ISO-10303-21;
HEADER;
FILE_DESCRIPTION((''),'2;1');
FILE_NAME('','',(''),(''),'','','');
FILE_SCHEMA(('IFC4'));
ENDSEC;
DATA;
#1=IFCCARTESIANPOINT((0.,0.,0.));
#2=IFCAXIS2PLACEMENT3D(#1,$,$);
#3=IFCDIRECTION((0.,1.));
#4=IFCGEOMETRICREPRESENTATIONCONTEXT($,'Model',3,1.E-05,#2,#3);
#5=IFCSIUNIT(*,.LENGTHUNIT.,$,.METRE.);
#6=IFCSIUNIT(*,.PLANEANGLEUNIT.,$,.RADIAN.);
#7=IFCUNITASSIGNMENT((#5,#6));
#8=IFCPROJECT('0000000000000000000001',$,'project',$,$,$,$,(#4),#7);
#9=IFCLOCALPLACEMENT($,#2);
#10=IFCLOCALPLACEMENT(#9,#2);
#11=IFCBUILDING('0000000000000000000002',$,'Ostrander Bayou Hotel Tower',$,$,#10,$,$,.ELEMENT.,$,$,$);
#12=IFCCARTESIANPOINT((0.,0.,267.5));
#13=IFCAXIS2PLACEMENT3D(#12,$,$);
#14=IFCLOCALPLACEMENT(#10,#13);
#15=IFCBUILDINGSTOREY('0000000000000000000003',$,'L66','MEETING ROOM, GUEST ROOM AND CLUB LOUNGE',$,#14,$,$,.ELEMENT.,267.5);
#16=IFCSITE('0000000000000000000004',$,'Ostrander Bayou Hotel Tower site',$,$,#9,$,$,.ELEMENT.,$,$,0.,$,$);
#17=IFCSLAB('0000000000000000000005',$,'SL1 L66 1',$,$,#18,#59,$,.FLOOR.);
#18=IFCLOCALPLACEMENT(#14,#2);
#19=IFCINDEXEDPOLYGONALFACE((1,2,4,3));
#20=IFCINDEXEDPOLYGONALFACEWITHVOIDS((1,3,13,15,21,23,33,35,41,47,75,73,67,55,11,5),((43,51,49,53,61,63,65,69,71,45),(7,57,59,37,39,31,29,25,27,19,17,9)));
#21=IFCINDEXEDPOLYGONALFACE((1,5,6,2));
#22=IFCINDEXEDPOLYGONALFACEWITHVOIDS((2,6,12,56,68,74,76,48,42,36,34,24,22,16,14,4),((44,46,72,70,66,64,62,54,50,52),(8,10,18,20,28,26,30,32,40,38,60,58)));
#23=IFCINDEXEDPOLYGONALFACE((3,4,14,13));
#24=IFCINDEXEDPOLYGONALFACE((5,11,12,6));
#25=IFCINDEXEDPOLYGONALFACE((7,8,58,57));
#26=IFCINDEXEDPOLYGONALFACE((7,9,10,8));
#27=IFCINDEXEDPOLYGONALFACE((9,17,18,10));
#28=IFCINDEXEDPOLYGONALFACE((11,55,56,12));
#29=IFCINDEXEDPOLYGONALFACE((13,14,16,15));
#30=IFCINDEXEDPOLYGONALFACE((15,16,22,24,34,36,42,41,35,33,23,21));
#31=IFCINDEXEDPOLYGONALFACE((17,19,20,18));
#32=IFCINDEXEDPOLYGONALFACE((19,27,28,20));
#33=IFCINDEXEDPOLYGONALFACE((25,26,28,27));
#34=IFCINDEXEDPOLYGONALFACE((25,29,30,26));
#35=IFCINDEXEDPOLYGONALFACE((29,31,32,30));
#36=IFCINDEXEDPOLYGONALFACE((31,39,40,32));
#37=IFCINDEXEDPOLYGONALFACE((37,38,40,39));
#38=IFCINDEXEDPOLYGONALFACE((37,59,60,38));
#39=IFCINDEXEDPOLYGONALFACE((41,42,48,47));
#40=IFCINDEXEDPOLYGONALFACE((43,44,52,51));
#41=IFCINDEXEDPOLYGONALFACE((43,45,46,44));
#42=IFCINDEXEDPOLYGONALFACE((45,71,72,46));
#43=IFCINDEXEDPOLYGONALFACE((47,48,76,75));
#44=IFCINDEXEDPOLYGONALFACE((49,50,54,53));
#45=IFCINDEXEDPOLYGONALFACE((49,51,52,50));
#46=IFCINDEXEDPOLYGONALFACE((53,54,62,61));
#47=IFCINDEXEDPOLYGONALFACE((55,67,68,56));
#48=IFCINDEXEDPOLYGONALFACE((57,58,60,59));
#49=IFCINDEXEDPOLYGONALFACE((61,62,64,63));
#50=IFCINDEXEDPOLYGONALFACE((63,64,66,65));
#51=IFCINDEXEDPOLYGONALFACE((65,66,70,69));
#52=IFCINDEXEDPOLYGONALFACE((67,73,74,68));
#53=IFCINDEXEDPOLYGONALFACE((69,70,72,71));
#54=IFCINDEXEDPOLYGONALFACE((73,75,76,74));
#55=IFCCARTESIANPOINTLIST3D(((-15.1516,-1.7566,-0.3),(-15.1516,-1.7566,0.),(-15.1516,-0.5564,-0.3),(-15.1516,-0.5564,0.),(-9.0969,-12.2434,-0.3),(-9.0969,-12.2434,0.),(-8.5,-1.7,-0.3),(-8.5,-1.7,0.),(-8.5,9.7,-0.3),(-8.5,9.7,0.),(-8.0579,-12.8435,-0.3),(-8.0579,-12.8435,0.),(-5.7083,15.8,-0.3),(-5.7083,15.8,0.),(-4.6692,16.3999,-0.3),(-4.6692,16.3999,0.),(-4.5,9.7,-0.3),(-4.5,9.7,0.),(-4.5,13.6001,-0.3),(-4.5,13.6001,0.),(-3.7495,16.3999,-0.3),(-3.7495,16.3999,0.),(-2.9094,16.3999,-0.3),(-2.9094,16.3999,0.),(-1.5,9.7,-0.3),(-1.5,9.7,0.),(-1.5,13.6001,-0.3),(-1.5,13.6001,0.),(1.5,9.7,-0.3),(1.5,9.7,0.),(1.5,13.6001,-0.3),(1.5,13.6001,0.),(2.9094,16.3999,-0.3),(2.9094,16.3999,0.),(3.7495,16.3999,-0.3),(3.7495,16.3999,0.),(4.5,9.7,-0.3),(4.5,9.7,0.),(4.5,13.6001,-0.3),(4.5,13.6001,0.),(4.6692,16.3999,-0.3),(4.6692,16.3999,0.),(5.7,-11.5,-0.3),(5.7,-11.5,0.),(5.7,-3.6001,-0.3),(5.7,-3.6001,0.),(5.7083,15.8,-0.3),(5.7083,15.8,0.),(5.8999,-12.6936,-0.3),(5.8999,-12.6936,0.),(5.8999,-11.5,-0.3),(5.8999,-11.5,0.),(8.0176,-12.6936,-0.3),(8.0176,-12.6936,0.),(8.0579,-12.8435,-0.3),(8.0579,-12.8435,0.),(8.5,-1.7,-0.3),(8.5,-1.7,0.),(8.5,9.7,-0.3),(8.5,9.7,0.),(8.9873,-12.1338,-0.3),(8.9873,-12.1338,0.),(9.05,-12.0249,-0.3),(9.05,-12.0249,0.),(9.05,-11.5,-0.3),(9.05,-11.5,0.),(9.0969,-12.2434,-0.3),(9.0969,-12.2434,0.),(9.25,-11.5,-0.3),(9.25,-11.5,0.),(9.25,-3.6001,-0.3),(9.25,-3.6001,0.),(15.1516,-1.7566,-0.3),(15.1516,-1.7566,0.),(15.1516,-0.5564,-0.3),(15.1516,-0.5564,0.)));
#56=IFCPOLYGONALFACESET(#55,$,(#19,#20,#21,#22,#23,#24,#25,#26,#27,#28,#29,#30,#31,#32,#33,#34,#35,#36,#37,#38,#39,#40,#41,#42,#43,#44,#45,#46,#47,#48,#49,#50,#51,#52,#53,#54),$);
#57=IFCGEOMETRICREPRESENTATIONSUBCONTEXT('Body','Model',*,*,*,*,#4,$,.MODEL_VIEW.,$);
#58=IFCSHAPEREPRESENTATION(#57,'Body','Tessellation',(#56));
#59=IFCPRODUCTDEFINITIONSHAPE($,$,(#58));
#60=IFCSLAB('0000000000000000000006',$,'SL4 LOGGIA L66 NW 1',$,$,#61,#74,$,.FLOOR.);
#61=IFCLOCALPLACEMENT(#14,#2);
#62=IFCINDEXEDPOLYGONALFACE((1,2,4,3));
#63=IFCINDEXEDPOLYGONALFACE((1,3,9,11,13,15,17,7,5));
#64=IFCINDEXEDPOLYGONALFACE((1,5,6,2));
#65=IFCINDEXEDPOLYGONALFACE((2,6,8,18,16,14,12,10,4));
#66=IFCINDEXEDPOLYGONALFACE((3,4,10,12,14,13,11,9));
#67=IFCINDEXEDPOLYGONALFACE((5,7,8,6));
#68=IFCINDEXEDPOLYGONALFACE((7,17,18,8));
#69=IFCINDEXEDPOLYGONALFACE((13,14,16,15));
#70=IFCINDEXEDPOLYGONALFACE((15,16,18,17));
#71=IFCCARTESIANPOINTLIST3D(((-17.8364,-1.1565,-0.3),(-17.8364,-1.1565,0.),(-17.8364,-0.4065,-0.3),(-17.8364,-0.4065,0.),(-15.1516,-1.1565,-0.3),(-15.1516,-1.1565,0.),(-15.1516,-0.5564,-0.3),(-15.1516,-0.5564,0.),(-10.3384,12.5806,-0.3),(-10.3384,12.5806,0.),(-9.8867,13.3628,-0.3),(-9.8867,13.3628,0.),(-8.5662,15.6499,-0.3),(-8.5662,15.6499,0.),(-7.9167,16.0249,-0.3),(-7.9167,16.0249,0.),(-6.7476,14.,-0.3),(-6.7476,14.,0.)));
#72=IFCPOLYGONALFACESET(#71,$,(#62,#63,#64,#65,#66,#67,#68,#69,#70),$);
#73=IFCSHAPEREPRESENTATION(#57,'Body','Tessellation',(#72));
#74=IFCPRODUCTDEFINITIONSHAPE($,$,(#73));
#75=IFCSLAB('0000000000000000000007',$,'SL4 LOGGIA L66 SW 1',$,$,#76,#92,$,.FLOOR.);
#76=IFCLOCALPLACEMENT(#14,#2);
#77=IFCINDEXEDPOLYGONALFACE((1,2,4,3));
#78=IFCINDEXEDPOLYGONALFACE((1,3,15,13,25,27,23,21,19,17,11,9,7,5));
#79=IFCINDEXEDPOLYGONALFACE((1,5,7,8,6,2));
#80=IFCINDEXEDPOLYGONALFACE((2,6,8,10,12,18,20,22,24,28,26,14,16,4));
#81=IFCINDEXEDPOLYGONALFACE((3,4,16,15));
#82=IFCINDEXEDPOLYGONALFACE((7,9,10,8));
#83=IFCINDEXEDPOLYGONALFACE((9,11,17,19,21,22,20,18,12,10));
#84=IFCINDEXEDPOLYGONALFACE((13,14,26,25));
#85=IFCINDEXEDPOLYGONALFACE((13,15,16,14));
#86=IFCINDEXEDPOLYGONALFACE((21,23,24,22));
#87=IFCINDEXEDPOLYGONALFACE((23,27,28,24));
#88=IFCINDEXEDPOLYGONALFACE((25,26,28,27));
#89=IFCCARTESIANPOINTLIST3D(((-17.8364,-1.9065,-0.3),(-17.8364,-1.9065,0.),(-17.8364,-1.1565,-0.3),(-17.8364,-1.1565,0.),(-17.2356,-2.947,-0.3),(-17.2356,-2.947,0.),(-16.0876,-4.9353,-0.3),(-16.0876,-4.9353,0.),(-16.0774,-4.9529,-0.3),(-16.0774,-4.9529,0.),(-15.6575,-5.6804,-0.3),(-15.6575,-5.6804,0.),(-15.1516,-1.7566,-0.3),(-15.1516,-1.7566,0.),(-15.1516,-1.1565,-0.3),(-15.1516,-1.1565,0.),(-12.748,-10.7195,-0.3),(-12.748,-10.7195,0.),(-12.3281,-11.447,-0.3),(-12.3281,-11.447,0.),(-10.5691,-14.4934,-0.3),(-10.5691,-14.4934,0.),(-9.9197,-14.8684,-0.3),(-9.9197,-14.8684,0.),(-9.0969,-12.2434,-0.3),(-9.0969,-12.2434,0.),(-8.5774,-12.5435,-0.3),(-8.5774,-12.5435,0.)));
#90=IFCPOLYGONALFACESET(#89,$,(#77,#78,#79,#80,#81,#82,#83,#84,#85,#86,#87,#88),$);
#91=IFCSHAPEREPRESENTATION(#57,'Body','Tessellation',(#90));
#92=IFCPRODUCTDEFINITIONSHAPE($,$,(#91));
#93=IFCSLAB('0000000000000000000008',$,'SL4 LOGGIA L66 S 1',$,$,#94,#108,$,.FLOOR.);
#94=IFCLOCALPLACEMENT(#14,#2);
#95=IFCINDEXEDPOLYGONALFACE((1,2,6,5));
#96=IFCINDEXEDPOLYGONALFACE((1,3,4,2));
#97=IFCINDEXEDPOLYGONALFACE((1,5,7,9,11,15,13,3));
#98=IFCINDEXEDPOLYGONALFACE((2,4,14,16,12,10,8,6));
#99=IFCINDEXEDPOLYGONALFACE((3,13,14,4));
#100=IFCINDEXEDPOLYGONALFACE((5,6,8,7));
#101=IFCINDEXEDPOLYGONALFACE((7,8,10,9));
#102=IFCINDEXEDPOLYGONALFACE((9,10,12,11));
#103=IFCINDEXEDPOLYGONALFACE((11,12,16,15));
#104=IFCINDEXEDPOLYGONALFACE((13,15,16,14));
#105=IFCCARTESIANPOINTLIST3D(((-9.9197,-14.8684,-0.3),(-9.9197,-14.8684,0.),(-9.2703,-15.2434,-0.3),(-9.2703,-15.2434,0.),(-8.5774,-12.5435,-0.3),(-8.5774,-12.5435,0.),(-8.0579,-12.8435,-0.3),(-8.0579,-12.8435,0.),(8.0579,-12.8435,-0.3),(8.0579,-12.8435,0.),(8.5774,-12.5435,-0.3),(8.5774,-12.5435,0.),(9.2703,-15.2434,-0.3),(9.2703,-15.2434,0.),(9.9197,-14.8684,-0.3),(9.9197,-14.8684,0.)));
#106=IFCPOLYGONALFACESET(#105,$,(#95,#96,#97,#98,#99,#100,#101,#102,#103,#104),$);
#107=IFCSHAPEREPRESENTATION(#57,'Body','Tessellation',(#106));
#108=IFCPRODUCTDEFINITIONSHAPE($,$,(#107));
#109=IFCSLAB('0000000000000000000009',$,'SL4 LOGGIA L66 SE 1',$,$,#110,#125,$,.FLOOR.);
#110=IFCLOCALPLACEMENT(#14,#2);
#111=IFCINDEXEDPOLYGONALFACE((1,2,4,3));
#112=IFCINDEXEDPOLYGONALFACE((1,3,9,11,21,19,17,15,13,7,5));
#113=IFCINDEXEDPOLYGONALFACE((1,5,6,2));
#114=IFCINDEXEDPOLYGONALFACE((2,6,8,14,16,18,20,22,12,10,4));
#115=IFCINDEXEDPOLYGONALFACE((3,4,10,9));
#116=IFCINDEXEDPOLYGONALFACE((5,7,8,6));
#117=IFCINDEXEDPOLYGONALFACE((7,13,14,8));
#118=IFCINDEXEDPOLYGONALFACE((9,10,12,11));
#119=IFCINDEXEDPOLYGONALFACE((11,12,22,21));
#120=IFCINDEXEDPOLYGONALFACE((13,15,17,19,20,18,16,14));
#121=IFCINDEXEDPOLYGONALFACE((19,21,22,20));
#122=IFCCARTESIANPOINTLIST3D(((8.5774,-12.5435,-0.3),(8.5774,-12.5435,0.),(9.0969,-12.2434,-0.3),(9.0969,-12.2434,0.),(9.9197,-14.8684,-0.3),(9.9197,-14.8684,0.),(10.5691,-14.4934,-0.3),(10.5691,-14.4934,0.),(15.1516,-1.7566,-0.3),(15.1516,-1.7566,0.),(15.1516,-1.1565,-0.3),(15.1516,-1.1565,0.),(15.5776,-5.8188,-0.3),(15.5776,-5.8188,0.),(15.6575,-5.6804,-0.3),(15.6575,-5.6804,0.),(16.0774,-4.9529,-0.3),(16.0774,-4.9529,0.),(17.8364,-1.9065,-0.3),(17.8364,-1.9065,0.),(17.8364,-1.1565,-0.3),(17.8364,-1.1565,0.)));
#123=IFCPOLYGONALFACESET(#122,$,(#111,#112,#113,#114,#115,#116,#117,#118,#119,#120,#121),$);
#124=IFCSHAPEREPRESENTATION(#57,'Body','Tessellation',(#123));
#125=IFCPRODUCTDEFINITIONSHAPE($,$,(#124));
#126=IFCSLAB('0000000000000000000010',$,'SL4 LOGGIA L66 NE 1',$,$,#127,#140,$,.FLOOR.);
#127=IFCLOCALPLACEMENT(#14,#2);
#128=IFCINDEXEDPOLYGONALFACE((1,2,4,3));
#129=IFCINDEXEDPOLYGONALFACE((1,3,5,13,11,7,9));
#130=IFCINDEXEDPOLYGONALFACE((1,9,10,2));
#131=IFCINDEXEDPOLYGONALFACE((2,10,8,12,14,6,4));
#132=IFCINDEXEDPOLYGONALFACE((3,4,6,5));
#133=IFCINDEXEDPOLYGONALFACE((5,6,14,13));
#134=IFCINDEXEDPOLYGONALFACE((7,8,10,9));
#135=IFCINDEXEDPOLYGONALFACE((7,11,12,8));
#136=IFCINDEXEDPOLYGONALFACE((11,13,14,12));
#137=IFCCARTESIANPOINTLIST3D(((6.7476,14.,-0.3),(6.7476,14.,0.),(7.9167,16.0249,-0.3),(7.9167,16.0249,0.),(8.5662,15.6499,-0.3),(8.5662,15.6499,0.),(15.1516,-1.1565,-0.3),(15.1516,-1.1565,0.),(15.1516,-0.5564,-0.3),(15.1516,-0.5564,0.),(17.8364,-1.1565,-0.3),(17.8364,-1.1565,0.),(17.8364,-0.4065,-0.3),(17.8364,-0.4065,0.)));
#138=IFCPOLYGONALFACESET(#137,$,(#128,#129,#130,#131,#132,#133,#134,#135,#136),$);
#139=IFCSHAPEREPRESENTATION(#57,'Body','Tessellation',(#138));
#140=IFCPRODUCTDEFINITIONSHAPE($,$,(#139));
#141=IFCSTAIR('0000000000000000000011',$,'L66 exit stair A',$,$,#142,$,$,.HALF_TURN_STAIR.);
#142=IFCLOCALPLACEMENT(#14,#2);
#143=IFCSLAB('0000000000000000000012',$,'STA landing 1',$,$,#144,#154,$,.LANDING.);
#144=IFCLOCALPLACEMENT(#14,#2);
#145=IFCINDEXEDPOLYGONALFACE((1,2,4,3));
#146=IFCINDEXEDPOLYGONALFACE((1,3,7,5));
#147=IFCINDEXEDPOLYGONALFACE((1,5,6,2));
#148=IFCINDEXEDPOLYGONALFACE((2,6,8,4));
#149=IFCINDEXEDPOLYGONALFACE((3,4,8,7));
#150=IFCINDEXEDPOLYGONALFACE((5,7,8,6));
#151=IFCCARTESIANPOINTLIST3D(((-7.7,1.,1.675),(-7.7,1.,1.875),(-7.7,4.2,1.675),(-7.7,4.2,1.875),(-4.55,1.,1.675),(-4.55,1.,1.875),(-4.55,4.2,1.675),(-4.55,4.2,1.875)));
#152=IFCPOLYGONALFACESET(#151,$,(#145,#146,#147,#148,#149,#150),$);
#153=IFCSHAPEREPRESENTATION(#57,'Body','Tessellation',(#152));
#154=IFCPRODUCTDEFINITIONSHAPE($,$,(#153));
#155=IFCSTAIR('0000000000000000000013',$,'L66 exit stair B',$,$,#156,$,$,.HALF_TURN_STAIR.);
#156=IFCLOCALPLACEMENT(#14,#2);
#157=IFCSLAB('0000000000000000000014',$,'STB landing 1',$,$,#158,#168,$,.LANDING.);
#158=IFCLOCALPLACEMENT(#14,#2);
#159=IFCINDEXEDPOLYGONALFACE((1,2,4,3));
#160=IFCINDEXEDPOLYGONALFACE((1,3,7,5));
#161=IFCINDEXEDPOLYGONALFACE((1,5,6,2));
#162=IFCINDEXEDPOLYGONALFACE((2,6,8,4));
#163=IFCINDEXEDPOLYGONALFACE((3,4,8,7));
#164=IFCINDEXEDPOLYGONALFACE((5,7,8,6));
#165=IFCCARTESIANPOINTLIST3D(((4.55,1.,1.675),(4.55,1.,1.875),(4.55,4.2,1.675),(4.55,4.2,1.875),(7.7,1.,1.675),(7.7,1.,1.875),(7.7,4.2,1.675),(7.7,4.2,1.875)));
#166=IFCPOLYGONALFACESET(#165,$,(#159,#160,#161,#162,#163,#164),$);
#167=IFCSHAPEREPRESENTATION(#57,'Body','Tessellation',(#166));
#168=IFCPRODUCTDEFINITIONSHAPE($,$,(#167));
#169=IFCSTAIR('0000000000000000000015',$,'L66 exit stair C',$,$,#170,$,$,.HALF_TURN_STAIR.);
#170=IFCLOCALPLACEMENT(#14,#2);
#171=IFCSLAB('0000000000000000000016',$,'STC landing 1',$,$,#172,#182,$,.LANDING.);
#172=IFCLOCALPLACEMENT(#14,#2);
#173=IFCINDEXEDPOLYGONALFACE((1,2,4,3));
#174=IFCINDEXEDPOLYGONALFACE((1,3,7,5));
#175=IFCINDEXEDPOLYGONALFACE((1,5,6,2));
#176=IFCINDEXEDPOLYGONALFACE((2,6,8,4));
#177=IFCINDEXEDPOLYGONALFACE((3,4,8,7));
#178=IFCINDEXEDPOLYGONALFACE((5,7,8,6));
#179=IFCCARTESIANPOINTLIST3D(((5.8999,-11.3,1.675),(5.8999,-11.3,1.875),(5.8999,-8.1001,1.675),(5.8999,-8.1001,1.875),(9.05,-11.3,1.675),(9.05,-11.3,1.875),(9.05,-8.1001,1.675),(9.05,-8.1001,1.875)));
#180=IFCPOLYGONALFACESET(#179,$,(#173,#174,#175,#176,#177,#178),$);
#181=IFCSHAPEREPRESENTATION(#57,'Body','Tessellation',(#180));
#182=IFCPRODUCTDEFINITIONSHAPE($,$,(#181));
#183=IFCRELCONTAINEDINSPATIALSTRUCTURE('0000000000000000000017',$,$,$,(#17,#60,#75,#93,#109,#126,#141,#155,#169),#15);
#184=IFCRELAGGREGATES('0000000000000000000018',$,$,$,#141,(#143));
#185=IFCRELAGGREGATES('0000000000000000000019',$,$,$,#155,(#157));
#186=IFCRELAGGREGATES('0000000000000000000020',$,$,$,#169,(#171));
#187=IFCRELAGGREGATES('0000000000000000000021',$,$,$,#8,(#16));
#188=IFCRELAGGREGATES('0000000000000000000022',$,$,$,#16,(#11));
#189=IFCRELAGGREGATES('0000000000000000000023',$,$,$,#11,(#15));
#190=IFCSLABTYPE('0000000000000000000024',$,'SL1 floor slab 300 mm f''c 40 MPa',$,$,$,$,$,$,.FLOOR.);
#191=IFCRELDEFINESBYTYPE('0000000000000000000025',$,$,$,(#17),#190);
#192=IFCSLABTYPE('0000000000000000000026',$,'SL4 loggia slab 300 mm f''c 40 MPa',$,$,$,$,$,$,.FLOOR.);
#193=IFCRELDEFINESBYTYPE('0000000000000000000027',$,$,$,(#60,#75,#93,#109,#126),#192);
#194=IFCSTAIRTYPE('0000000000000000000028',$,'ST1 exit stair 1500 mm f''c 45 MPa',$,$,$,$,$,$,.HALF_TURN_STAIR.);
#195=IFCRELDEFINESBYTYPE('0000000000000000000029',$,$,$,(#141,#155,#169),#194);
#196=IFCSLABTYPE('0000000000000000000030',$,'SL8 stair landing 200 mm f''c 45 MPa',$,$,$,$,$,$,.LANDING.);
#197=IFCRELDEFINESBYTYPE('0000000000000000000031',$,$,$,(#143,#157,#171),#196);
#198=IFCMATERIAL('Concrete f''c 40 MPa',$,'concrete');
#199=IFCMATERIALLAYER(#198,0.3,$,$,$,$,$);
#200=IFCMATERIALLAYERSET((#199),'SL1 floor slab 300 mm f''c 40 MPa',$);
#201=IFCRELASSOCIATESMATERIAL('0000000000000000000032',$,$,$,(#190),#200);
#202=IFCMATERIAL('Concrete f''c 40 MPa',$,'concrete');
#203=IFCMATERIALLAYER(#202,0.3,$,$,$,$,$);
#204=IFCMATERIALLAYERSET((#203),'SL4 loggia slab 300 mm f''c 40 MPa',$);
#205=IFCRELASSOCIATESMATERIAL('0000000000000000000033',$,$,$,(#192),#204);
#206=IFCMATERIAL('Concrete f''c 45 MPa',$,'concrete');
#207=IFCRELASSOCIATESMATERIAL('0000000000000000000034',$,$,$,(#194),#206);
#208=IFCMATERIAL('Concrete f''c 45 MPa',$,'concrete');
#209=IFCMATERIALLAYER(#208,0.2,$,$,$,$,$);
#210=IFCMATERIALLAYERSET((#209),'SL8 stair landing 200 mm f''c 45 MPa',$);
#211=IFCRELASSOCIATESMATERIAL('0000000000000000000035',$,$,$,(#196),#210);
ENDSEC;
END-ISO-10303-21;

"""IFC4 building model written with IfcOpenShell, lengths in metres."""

from ifc_helpers import new_model, si_unit, direction, frame, origin, place, context, subcontext, project, spatial, polyline, outline, extrude, material, layer, layer_set, type_object, element, aggregate, save


model = new_model("IFC4")

# Units and contexts
model_context = context("Model", 3, precision=1e-05, world=origin(), true_north=direction((0.0, 1.0)))
body_context = subcontext(model_context, "Body", "Model", "MODEL_VIEW")
ifc_project = project(units=[si_unit("LENGTHUNIT", "METRE"), si_unit("PLANEANGLEUNIT", "RADIAN")], contexts=[model_context])

# Site, building, storey
site_placement = place(None, origin())
site = spatial("IfcSite", under=ifc_project, at=site_placement, Name="Ostrander Bayou Hotel Tower site", CompositionType="ELEMENT", RefElevation=0.0)
building_placement = place(site_placement, origin())
building = spatial("IfcBuilding", under=site, at=building_placement, Name="Ostrander Bayou Hotel Tower", CompositionType="ELEMENT")
storey_placement = place(building_placement, frame((0.0, 0.0, 267.5)))
storey = spatial("IfcBuildingStorey", under=building, at=storey_placement, Name="L66", Description="MEETING ROOM, GUEST ROOM AND CLUB LOUNGE", CompositionType="ELEMENT", Elevation=267.5)

# Slabs
ifc_material_1 = material(Name="Concrete f'c 40 MPa", Category="concrete")
ifc_layer_1 = layer(ifc_material_1, 0.3)
ifc_layer_set_1 = layer_set([ifc_layer_1], Name="SL1 floor slab 300 mm f'c 40 MPa")
slab_type_1 = type_object("IfcSlabType", Name="SL1 floor slab 300 mm f'c 40 MPa", PredefinedType="FLOOR", material=ifc_layer_set_1)
slab_1_placement = place(storey_placement, frame((0.0, 0.0, -0.3)))
element("IfcSlab", 1, at=slab_1_placement, inside=storey, type_object=slab_type_1, Name="SL1 L66 1", PredefinedType="FLOOR", context=body_context, shape_type="SweptSolid", body=[
    extrude(outline(polyline([(-2.9094, 16.3999), (2.9094, 16.3999), (3.7495, 16.3999), (4.6692, 16.3999), (5.7083, 15.8), (15.1516, -0.5564), (15.1516, -1.7566), (9.0969, -12.2434), (8.0579, -12.8435), (-8.0579, -12.8435), (-9.0969, -12.2434), (-15.1516, -1.7566), (-15.1516, -0.5564), (-5.7083, 15.8), (-4.6692, 16.3999), (-3.7495, 16.3999), (-2.9094, 16.3999)]), holes=[polyline([(9.05, -12.0249), (9.05, -11.5), (9.25, -11.5), (9.25, -3.6001), (5.7, -3.6001), (5.7, -11.5), (5.8999, -11.5), (5.8999, -12.6936), (8.0176, -12.6936), (8.9873, -12.1338), (9.05, -12.0249)]), polyline([(-8.5, -1.7), (8.5, -1.7), (8.5, 9.7), (4.5, 9.7), (4.5, 13.6001), (1.5, 13.6001), (1.5, 9.7), (-1.5, 9.7), (-1.5, 13.6001), (-4.5, 13.6001), (-4.5, 9.7), (-8.5, 9.7), (-8.5, -1.7)])]), origin(), (0.0, 0.0, 1.0), 0.3),
])
ifc_material_2 = material(Name="Concrete f'c 40 MPa", Category="concrete")
ifc_layer_2 = layer(ifc_material_2, 0.3)
ifc_layer_set_2 = layer_set([ifc_layer_2], Name="SL4 loggia slab 300 mm f'c 40 MPa")
slab_type_2 = type_object("IfcSlabType", Name="SL4 loggia slab 300 mm f'c 40 MPa", PredefinedType="FLOOR", material=ifc_layer_set_2)
slab_2_placement = place(storey_placement, frame((0.0, 0.0, -0.3)))
element("IfcSlab", 2, at=slab_2_placement, inside=storey, type_object=slab_type_2, Name="SL4 LOGGIA L66 NW 1", PredefinedType="FLOOR", context=body_context, shape_type="SweptSolid", body=[
    extrude(outline(polyline([(-17.8364, -1.1565), (-17.8364, -0.4065), (-10.3384, 12.5806), (-9.8867, 13.3628), (-8.5662, 15.6499), (-7.9167, 16.0249), (-6.7476, 14.0), (-15.1516, -0.5564), (-15.1516, -1.1565), (-17.8364, -1.1565)])), origin(), (0.0, 0.0, 1.0), 0.3),
])
slab_3_placement = place(storey_placement, frame((0.0, 0.0, -0.3)))
element("IfcSlab", 3, at=slab_3_placement, inside=storey, type_object=slab_type_2, Name="SL4 LOGGIA L66 SW 1", PredefinedType="FLOOR", context=body_context, shape_type="SweptSolid", body=[
    extrude(outline(polyline([(-8.5774, -12.5435), (-9.9197, -14.8684), (-10.5691, -14.4934), (-12.3281, -11.447), (-12.748, -10.7195), (-15.6575, -5.6804), (-16.0774, -4.9529), (-16.0876, -4.9353), (-17.2356, -2.947), (-17.8364, -1.9065), (-17.8364, -1.1565), (-15.1516, -1.1565), (-15.1516, -1.7566), (-9.0969, -12.2434), (-8.5774, -12.5435)])), origin(), (0.0, 0.0, 1.0), 0.3),
])
slab_4_placement = place(storey_placement, frame((0.0, 0.0, -0.3)))
element("IfcSlab", 4, at=slab_4_placement, inside=storey, type_object=slab_type_2, Name="SL4 LOGGIA L66 S 1", PredefinedType="FLOOR", context=body_context, shape_type="SweptSolid", body=[
    extrude(outline(polyline([(8.5774, -12.5435), (9.9197, -14.8684), (9.2703, -15.2434), (-9.2703, -15.2434), (-9.9197, -14.8684), (-8.5774, -12.5435), (-8.0579, -12.8435), (8.0579, -12.8435), (8.5774, -12.5435)])), origin(), (0.0, 0.0, 1.0), 0.3),
])
slab_5_placement = place(storey_placement, frame((0.0, 0.0, -0.3)))
element("IfcSlab", 5, at=slab_5_placement, inside=storey, type_object=slab_type_2, Name="SL4 LOGGIA L66 SE 1", PredefinedType="FLOOR", context=body_context, shape_type="SweptSolid", body=[
    extrude(outline(polyline([(15.1516, -1.1565), (17.8364, -1.1565), (17.8364, -1.9065), (16.0774, -4.9529), (15.6575, -5.6804), (15.5776, -5.8188), (10.5691, -14.4934), (9.9197, -14.8684), (8.5774, -12.5435), (9.0969, -12.2434), (15.1516, -1.7566), (15.1516, -1.1565)])), origin(), (0.0, 0.0, 1.0), 0.3),
])
slab_6_placement = place(storey_placement, frame((0.0, 0.0, -0.3)))
element("IfcSlab", 6, at=slab_6_placement, inside=storey, type_object=slab_type_2, Name="SL4 LOGGIA L66 NE 1", PredefinedType="FLOOR", context=body_context, shape_type="SweptSolid", body=[
    extrude(outline(polyline([(7.9167, 16.0249), (8.5662, 15.6499), (17.8364, -0.4065), (17.8364, -1.1565), (15.1516, -1.1565), (15.1516, -0.5564), (6.7476, 14.0), (7.9167, 16.0249)])), origin(), (0.0, 0.0, 1.0), 0.3),
])

# Stairs, slabs
ifc_material_3 = material(Name="Concrete f'c 45 MPa", Category="concrete")
stair_type = type_object("IfcStairType", Name="ST1 exit stair 1500 mm f'c 45 MPa", PredefinedType="HALF_TURN_STAIR", material=ifc_material_3)
stair_1_placement = place(storey_placement, origin())
stair_1 = element("IfcStair", 7, at=stair_1_placement, inside=storey, type_object=stair_type, Name="L66 exit stair A", PredefinedType="HALF_TURN_STAIR")
ifc_material_4 = material(Name="Concrete f'c 45 MPa", Category="concrete")
ifc_layer_3 = layer(ifc_material_4, 0.2)
ifc_layer_set_3 = layer_set([ifc_layer_3], Name="SL8 stair landing 200 mm f'c 45 MPa")
slab_type_3 = type_object("IfcSlabType", Name="SL8 stair landing 200 mm f'c 45 MPa", PredefinedType="LANDING", material=ifc_layer_set_3)
slab_7_placement = place(storey_placement, frame((0.0, 0.0, 1.675)))
slab_7 = element("IfcSlab", 8, at=slab_7_placement, type_object=slab_type_3, Name="STA landing 1", PredefinedType="LANDING", context=body_context, shape_type="SweptSolid", body=[
    extrude(outline(polyline([(-7.7, 4.2), (-7.7, 1.0), (-4.55, 1.0), (-4.55, 4.2), (-7.7, 4.2)])), origin(), (0.0, 0.0, 1.0), 0.2),
])
aggregate(stair_1, [slab_7])
stair_2_placement = place(storey_placement, origin())
stair_2 = element("IfcStair", 9, at=stair_2_placement, inside=storey, type_object=stair_type, Name="L66 exit stair B", PredefinedType="HALF_TURN_STAIR")
slab_8_placement = place(storey_placement, frame((0.0, 0.0, 1.675)))
slab_8 = element("IfcSlab", 10, at=slab_8_placement, type_object=slab_type_3, Name="STB landing 1", PredefinedType="LANDING", context=body_context, shape_type="SweptSolid", body=[
    extrude(outline(polyline([(4.55, 4.2), (4.55, 1.0), (7.7, 1.0), (7.7, 4.2), (4.55, 4.2)])), origin(), (0.0, 0.0, 1.0), 0.2),
])
aggregate(stair_2, [slab_8])
stair_3_placement = place(storey_placement, origin())
stair_3 = element("IfcStair", 11, at=stair_3_placement, inside=storey, type_object=stair_type, Name="L66 exit stair C", PredefinedType="HALF_TURN_STAIR")
slab_9_placement = place(storey_placement, frame((0.0, 0.0, 1.675)))
slab_9 = element("IfcSlab", 12, at=slab_9_placement, type_object=slab_type_3, Name="STC landing 1", PredefinedType="LANDING", context=body_context, shape_type="SweptSolid", body=[
    extrude(outline(polyline([(5.8999, -8.1001), (5.8999, -11.3), (9.05, -11.3), (9.05, -8.1001), (5.8999, -8.1001)])), origin(), (0.0, 0.0, 1.0), 0.2),
])
aggregate(stair_3, [slab_9])

save(model, "model.ifc")
